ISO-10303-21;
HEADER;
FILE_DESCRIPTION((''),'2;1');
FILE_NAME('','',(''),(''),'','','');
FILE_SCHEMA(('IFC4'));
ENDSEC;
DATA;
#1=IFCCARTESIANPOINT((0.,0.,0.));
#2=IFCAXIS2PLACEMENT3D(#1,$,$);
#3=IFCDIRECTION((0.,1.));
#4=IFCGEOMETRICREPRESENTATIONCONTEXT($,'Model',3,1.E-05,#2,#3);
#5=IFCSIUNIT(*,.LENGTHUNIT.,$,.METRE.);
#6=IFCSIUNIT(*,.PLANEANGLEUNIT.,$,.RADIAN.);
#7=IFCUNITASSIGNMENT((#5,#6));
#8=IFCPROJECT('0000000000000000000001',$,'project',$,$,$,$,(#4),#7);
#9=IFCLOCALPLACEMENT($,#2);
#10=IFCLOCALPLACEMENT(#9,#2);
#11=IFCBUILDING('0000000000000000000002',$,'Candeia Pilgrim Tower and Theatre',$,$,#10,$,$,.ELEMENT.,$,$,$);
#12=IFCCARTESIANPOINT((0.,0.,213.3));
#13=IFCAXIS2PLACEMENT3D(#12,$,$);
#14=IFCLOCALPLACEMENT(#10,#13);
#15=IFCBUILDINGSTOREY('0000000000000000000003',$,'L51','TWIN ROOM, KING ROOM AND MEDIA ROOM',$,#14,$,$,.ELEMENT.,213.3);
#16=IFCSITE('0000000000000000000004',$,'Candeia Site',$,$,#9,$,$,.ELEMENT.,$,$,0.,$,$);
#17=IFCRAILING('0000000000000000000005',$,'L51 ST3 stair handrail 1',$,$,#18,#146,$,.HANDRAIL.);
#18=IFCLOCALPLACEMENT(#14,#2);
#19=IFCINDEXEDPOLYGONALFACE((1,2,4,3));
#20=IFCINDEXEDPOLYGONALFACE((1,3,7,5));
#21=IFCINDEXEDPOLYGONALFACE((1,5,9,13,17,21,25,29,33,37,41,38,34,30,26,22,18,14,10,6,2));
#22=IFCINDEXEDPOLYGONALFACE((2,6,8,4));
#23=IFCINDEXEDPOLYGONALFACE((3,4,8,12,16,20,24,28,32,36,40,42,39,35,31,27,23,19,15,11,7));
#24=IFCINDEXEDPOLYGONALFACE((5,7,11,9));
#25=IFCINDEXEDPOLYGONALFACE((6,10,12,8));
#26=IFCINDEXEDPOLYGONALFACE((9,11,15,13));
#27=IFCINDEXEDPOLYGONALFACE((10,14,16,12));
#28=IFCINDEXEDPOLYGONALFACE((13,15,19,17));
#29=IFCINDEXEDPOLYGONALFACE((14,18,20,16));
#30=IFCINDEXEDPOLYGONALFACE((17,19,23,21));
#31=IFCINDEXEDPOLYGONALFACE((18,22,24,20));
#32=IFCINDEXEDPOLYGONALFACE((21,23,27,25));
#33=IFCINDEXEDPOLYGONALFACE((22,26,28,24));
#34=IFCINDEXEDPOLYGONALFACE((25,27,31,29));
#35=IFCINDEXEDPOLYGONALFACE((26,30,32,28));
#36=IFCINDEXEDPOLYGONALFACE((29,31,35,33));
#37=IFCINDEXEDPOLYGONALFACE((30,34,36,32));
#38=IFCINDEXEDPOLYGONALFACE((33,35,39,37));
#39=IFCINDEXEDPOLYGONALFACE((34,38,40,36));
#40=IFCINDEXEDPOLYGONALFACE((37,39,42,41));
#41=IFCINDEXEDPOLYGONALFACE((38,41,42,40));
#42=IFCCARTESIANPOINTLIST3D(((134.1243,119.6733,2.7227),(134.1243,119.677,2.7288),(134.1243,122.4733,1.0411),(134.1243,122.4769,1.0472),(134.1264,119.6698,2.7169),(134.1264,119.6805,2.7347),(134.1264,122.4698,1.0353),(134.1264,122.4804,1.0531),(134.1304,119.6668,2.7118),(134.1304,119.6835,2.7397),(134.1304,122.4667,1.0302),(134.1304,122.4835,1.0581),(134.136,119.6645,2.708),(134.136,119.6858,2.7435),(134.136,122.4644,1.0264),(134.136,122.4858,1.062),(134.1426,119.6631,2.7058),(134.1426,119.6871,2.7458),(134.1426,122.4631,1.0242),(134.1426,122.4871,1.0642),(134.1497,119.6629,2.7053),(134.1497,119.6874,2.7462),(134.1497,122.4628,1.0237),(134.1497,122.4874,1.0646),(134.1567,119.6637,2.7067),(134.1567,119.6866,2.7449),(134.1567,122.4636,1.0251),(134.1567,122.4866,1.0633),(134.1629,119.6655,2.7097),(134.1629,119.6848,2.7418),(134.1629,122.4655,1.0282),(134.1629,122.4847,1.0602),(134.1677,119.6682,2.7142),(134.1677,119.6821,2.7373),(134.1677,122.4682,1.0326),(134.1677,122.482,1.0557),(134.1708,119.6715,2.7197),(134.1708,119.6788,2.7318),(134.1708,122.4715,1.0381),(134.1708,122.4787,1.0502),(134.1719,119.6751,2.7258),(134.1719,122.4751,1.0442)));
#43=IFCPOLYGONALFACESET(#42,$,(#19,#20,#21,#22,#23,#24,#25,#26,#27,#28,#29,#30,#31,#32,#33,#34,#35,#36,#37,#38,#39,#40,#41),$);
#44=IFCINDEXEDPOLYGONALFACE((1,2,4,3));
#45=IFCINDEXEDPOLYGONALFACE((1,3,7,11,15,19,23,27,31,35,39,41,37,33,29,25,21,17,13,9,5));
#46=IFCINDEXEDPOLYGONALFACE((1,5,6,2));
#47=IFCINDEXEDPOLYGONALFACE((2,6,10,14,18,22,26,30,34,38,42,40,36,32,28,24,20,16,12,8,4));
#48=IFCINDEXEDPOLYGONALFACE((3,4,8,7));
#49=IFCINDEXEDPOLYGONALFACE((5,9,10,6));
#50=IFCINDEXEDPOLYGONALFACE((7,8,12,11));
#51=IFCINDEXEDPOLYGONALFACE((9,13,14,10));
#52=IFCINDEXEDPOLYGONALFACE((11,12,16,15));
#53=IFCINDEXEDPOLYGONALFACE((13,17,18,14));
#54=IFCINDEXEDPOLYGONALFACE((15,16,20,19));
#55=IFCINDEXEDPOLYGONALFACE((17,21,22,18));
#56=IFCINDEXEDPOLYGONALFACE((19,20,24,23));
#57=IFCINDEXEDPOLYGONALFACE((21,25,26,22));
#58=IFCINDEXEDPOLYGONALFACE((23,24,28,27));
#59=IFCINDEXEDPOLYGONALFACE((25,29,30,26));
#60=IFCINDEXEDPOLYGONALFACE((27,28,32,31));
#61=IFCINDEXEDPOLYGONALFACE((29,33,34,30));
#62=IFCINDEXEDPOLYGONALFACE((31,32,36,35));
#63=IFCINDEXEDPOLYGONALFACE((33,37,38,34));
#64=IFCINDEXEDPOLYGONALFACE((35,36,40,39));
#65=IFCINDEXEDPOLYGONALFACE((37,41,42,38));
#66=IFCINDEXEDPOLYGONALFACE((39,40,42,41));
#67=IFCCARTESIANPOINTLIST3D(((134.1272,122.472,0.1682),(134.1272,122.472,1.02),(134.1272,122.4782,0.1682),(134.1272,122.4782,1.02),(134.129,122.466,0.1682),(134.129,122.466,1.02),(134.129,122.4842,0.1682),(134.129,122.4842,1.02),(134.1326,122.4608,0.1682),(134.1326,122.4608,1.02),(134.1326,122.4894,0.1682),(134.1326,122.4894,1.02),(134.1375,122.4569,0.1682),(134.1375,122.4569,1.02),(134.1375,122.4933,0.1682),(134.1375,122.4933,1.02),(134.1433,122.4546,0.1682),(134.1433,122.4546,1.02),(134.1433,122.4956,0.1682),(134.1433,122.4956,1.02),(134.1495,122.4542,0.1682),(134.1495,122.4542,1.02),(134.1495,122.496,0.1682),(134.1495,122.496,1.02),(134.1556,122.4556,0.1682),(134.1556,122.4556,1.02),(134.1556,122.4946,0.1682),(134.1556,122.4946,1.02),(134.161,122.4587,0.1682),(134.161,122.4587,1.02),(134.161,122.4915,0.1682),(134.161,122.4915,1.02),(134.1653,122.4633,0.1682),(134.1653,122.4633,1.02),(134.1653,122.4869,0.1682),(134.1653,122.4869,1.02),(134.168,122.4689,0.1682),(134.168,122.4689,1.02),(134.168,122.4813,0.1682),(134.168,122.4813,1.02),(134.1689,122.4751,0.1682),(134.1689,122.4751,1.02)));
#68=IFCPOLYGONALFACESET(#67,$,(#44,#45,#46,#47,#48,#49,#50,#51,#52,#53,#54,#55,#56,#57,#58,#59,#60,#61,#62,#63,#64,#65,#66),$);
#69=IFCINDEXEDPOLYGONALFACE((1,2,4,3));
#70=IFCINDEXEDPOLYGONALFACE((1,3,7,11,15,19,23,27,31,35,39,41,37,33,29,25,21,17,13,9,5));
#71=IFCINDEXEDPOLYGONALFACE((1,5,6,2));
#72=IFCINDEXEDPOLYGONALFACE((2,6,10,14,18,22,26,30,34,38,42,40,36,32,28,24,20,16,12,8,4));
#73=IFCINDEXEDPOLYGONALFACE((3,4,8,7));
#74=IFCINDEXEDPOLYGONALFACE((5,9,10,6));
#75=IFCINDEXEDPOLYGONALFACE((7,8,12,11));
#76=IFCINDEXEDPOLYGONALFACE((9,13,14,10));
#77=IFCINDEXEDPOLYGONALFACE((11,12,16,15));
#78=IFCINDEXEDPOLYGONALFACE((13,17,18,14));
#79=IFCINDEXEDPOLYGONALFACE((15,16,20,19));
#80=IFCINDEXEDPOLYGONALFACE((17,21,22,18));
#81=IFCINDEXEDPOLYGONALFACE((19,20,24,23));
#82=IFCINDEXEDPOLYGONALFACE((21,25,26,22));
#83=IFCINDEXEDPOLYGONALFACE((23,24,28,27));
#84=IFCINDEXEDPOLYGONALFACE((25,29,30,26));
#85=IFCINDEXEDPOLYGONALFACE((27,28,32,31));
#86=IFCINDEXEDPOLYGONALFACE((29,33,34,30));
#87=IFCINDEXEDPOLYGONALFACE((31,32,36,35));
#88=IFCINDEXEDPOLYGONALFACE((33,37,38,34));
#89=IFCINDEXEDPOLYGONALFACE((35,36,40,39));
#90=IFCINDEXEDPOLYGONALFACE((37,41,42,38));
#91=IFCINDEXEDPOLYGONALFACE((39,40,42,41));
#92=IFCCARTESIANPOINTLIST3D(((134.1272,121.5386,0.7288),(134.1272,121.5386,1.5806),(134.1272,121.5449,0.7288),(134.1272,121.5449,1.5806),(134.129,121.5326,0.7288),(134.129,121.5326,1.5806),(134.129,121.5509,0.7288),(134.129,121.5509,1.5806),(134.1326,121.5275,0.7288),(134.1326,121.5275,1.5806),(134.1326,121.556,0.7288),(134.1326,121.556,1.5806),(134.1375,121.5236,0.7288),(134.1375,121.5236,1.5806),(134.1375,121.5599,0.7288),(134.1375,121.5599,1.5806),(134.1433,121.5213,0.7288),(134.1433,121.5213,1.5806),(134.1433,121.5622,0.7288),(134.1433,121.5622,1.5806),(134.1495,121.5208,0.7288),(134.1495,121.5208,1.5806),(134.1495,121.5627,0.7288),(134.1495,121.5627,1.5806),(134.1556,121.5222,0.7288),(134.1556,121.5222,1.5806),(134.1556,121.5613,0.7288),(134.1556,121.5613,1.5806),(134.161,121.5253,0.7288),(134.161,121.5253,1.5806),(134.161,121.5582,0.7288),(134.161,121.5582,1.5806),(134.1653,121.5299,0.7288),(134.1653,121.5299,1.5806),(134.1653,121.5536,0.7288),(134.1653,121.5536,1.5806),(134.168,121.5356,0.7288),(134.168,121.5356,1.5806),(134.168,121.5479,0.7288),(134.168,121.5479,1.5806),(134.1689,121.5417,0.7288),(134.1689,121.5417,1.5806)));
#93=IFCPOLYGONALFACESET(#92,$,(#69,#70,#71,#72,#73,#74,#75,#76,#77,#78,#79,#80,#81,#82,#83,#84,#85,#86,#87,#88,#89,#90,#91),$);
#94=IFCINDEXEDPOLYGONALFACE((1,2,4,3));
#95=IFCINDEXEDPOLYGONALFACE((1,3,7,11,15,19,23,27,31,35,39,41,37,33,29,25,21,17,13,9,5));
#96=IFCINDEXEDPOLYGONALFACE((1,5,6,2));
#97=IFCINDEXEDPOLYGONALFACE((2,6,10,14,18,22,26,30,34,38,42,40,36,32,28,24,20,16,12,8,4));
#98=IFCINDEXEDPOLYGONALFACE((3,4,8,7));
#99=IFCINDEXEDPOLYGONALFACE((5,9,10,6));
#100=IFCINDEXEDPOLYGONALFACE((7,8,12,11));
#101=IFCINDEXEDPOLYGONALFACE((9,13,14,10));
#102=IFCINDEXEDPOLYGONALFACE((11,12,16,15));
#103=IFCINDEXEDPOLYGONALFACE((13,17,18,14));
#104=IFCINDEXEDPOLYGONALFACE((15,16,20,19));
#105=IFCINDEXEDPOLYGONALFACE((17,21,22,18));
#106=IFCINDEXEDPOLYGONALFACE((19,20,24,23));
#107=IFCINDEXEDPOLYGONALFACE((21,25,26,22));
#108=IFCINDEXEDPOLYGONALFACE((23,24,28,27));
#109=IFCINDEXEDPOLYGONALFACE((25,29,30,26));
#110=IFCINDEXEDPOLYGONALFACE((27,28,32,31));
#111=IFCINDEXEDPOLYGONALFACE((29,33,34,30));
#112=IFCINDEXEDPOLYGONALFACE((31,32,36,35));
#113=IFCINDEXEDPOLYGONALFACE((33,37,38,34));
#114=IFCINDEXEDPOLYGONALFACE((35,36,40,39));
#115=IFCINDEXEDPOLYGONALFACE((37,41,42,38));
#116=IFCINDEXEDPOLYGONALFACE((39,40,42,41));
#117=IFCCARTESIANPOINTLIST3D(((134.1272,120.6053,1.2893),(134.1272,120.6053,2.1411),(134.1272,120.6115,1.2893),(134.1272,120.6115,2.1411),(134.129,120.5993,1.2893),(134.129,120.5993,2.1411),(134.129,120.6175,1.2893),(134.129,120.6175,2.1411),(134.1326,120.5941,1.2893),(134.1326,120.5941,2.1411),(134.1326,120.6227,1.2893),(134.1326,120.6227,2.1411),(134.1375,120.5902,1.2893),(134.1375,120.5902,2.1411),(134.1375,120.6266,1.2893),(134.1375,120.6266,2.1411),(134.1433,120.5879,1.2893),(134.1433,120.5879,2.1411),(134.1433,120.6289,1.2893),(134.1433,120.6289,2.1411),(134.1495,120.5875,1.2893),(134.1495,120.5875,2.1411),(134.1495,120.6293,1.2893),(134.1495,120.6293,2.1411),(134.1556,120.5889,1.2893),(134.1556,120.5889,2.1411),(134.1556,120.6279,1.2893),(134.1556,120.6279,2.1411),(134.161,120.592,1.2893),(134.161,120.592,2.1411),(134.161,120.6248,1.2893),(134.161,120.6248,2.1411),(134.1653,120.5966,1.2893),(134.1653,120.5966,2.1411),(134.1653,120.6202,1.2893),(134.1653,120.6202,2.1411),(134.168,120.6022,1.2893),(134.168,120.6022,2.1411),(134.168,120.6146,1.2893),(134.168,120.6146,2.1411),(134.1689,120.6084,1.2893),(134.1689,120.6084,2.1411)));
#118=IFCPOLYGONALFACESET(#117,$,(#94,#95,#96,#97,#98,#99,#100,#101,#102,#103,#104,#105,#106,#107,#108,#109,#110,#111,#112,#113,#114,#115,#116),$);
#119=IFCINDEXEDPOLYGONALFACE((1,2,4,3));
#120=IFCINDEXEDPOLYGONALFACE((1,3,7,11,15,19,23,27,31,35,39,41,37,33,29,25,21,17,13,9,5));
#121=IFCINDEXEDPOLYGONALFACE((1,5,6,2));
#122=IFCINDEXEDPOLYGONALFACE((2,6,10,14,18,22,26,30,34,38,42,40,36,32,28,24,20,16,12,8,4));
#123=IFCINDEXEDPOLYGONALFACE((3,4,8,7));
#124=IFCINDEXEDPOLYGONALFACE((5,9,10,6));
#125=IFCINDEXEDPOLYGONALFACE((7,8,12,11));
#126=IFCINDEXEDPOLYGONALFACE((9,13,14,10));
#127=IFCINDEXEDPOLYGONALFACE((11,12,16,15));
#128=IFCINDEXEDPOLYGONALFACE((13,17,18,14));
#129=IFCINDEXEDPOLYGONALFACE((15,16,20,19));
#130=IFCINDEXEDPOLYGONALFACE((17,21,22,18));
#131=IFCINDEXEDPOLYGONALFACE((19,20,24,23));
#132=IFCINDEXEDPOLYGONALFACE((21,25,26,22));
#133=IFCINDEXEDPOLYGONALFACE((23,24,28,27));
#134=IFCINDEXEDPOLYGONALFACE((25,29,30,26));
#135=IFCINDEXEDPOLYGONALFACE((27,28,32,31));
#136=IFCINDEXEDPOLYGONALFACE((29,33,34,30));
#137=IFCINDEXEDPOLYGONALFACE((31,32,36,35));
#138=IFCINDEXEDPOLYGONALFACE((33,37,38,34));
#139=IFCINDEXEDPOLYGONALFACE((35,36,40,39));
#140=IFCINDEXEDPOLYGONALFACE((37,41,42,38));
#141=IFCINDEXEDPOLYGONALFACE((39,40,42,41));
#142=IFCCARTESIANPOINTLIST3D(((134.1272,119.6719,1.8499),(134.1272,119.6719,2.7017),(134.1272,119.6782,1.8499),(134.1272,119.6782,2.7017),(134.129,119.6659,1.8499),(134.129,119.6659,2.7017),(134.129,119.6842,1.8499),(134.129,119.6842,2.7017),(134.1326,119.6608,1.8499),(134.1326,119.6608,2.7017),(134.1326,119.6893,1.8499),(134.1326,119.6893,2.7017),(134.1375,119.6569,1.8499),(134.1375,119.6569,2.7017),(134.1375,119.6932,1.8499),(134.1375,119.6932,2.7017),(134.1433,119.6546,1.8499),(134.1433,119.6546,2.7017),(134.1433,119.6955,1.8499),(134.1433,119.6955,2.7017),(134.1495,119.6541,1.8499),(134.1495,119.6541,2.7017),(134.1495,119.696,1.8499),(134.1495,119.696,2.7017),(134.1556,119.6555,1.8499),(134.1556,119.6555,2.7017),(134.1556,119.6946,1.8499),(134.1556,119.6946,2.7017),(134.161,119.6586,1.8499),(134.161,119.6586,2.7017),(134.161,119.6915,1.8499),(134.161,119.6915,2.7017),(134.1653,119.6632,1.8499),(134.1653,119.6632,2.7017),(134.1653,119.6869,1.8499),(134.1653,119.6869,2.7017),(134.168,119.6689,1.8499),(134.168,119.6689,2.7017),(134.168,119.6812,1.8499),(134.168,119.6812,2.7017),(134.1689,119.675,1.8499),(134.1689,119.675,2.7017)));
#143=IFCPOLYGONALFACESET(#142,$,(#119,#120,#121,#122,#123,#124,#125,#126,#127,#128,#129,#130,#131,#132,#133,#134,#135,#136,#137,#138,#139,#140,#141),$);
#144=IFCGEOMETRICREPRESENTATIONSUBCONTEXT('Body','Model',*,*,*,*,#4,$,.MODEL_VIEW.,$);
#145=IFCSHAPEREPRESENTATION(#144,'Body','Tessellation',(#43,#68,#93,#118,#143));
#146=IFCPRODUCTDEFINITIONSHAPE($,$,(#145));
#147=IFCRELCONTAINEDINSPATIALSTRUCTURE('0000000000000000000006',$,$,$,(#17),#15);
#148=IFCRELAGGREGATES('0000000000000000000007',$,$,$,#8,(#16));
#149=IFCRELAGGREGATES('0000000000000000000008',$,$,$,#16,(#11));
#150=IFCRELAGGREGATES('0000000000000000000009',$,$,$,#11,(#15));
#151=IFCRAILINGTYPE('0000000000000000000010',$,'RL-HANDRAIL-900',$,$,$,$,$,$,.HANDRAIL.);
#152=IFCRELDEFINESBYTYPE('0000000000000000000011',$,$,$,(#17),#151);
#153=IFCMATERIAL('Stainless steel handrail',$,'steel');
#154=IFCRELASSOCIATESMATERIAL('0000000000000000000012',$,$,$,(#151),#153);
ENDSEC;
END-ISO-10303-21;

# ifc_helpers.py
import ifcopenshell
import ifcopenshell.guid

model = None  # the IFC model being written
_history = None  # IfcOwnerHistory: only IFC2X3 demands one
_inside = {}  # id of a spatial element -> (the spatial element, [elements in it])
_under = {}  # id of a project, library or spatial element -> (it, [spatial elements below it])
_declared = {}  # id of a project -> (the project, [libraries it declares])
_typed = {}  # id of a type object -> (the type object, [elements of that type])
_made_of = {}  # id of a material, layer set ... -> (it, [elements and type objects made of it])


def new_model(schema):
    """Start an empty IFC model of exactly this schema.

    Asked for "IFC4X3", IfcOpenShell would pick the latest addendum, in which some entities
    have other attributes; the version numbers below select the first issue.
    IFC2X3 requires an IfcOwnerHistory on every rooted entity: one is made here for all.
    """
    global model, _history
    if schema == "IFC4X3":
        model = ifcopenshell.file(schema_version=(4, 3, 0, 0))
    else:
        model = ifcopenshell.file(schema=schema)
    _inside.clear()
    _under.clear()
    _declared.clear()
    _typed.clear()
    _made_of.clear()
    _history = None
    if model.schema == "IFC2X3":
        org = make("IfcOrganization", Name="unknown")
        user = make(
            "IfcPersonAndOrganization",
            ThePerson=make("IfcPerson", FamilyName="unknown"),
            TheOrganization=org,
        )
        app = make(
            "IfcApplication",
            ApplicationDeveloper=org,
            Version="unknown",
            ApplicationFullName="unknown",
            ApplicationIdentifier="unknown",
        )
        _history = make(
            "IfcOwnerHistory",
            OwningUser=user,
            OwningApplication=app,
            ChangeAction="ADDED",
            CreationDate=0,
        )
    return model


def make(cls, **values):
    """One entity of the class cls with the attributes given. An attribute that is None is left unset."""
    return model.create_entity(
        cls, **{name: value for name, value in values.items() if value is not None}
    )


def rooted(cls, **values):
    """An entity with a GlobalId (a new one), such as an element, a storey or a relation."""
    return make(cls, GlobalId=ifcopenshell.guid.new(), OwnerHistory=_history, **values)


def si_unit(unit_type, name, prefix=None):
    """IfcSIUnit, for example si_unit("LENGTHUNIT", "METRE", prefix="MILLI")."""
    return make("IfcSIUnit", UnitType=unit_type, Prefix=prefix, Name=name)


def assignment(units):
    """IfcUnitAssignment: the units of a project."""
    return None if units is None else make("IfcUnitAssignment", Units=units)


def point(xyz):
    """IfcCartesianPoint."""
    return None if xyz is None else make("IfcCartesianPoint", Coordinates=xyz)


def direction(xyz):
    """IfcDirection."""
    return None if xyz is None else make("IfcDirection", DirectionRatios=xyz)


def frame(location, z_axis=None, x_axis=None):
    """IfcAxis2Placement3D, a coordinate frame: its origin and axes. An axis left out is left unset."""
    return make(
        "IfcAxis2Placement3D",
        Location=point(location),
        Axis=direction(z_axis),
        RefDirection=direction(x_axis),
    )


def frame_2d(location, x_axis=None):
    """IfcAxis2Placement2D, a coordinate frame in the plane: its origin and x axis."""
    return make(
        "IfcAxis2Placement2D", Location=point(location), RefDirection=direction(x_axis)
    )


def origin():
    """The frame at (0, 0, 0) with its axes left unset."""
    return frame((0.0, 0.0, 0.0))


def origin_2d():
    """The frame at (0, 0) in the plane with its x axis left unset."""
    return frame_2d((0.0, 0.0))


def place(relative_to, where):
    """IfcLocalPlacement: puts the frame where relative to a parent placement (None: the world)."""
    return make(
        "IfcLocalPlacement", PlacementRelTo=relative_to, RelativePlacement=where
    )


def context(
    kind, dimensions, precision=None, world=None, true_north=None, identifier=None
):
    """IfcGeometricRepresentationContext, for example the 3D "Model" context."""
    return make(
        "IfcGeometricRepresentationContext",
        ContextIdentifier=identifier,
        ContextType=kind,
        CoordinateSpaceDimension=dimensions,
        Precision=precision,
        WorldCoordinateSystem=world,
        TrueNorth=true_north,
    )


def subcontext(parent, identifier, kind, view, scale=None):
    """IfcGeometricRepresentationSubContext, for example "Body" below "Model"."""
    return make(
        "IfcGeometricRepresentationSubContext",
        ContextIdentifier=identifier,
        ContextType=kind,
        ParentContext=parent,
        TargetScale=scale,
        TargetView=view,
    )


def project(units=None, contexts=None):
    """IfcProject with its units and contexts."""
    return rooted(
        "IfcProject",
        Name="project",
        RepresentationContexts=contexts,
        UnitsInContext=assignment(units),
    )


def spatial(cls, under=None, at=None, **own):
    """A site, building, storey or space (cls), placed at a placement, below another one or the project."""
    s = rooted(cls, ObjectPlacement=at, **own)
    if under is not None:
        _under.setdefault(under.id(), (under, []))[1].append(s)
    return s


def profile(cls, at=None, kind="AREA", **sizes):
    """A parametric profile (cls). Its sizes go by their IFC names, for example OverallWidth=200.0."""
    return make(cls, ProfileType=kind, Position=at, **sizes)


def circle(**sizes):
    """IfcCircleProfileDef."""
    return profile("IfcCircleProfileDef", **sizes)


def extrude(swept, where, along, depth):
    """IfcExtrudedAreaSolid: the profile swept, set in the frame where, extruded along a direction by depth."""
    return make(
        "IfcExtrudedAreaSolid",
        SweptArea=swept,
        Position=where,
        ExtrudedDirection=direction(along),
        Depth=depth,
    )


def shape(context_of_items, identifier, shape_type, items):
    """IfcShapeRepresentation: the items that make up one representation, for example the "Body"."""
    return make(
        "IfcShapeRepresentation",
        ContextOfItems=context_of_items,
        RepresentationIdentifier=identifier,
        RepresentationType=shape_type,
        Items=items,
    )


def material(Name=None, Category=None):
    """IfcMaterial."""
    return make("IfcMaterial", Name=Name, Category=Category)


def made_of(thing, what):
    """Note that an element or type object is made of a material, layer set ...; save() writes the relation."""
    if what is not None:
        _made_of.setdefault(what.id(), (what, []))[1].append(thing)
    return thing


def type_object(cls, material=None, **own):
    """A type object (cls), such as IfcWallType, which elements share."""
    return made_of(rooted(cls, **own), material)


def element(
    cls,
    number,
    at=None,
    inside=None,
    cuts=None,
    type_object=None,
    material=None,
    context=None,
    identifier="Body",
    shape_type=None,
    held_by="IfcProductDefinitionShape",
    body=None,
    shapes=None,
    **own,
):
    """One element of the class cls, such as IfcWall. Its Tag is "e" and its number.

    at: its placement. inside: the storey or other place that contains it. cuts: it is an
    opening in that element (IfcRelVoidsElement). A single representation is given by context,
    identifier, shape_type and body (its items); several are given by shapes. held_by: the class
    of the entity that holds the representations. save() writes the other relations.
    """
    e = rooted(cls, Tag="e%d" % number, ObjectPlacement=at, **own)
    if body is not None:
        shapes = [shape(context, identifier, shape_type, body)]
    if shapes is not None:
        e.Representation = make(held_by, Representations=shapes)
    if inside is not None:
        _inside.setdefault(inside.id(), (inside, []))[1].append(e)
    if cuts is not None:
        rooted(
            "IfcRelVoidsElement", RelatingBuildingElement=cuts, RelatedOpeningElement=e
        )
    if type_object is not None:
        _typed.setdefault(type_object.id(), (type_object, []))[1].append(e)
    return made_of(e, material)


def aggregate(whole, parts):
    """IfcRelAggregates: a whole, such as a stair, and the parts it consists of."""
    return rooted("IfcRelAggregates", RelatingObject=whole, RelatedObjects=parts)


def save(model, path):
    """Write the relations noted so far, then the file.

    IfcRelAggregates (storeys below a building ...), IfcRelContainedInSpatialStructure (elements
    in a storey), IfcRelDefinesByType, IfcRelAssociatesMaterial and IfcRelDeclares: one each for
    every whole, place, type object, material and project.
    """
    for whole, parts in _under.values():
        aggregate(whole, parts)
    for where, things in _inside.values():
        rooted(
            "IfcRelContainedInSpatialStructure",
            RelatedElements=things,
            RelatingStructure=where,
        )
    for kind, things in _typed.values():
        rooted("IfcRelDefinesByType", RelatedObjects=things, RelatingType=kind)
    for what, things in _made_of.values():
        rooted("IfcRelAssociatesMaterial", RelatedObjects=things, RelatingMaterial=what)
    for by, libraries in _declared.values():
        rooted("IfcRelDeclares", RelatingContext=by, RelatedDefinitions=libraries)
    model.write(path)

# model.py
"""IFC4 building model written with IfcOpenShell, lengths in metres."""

from ifc_helpers import new_model, si_unit, direction, frame, origin, origin_2d, place, context, subcontext, project, spatial, circle, extrude, material, type_object, element, save


model = new_model("IFC4")

# Units and contexts
model_context = context("Model", 3, precision=1e-05, world=origin(), true_north=direction((0.0, 1.0)))
body_context = subcontext(model_context, "Body", "Model", "MODEL_VIEW")
ifc_project = project(units=[si_unit("LENGTHUNIT", "METRE"), si_unit("PLANEANGLEUNIT", "RADIAN")], contexts=[model_context])

# Site, building, storey
site_placement = place(None, origin())
site = spatial("IfcSite", under=ifc_project, at=site_placement, Name="Candeia Site", CompositionType="ELEMENT", RefElevation=0.0)
building_placement = place(site_placement, origin())
building = spatial("IfcBuilding", under=site, at=building_placement, Name="Candeia Pilgrim Tower and Theatre", CompositionType="ELEMENT")
storey_placement = place(building_placement, frame((0.0, 0.0, 213.3)))
storey = spatial("IfcBuildingStorey", under=building, at=storey_placement, Name="L51", Description="TWIN ROOM, KING ROOM AND MEDIA ROOM", CompositionType="ELEMENT", Elevation=213.3)

# Railing
ifc_material_1 = material(Name="Stainless steel handrail", Category="steel")
railing_type_1 = type_object("IfcRailingType", Name="RL-HANDRAIL-900", PredefinedType="HANDRAIL", material=ifc_material_1)
railing_1_placement = place(storey_placement, frame((134.1479, 122.4751, 0.1682)))
element("IfcRailing", 1, at=railing_1_placement, inside=storey, type_object=railing_type_1, Name="L51 ST3 stair handrail 1", PredefinedType="HANDRAIL", context=body_context, shape_type="SweptSolid", body=[
    extrude(circle(Radius=0.0239, at=origin_2d()), frame((0.0, 0.0, 0.876), z_axis=(0.0, -0.857275, 0.514858), x_axis=(1.0, 0.0, 0.0)), (0.0, 0.0, 1.0), 3.2661),
    extrude(circle(Radius=0.021, at=origin_2d()), origin(), (0.0, 0.0, 1.0), 0.8518),
    extrude(circle(Radius=0.021, at=origin_2d()), frame((0.0, -0.9333, 0.5605)), (0.0, 0.0, 1.0), 0.8518),
    extrude(circle(Radius=0.021, at=origin_2d()), frame((0.0, -1.8667, 1.1211)), (0.0, 0.0, 1.0), 0.8518),
    extrude(circle(Radius=0.021, at=origin_2d()), frame((0.0, -2.8, 1.6816)), (0.0, 0.0, 1.0), 0.8518),
])

save(model, "model.ifc")
